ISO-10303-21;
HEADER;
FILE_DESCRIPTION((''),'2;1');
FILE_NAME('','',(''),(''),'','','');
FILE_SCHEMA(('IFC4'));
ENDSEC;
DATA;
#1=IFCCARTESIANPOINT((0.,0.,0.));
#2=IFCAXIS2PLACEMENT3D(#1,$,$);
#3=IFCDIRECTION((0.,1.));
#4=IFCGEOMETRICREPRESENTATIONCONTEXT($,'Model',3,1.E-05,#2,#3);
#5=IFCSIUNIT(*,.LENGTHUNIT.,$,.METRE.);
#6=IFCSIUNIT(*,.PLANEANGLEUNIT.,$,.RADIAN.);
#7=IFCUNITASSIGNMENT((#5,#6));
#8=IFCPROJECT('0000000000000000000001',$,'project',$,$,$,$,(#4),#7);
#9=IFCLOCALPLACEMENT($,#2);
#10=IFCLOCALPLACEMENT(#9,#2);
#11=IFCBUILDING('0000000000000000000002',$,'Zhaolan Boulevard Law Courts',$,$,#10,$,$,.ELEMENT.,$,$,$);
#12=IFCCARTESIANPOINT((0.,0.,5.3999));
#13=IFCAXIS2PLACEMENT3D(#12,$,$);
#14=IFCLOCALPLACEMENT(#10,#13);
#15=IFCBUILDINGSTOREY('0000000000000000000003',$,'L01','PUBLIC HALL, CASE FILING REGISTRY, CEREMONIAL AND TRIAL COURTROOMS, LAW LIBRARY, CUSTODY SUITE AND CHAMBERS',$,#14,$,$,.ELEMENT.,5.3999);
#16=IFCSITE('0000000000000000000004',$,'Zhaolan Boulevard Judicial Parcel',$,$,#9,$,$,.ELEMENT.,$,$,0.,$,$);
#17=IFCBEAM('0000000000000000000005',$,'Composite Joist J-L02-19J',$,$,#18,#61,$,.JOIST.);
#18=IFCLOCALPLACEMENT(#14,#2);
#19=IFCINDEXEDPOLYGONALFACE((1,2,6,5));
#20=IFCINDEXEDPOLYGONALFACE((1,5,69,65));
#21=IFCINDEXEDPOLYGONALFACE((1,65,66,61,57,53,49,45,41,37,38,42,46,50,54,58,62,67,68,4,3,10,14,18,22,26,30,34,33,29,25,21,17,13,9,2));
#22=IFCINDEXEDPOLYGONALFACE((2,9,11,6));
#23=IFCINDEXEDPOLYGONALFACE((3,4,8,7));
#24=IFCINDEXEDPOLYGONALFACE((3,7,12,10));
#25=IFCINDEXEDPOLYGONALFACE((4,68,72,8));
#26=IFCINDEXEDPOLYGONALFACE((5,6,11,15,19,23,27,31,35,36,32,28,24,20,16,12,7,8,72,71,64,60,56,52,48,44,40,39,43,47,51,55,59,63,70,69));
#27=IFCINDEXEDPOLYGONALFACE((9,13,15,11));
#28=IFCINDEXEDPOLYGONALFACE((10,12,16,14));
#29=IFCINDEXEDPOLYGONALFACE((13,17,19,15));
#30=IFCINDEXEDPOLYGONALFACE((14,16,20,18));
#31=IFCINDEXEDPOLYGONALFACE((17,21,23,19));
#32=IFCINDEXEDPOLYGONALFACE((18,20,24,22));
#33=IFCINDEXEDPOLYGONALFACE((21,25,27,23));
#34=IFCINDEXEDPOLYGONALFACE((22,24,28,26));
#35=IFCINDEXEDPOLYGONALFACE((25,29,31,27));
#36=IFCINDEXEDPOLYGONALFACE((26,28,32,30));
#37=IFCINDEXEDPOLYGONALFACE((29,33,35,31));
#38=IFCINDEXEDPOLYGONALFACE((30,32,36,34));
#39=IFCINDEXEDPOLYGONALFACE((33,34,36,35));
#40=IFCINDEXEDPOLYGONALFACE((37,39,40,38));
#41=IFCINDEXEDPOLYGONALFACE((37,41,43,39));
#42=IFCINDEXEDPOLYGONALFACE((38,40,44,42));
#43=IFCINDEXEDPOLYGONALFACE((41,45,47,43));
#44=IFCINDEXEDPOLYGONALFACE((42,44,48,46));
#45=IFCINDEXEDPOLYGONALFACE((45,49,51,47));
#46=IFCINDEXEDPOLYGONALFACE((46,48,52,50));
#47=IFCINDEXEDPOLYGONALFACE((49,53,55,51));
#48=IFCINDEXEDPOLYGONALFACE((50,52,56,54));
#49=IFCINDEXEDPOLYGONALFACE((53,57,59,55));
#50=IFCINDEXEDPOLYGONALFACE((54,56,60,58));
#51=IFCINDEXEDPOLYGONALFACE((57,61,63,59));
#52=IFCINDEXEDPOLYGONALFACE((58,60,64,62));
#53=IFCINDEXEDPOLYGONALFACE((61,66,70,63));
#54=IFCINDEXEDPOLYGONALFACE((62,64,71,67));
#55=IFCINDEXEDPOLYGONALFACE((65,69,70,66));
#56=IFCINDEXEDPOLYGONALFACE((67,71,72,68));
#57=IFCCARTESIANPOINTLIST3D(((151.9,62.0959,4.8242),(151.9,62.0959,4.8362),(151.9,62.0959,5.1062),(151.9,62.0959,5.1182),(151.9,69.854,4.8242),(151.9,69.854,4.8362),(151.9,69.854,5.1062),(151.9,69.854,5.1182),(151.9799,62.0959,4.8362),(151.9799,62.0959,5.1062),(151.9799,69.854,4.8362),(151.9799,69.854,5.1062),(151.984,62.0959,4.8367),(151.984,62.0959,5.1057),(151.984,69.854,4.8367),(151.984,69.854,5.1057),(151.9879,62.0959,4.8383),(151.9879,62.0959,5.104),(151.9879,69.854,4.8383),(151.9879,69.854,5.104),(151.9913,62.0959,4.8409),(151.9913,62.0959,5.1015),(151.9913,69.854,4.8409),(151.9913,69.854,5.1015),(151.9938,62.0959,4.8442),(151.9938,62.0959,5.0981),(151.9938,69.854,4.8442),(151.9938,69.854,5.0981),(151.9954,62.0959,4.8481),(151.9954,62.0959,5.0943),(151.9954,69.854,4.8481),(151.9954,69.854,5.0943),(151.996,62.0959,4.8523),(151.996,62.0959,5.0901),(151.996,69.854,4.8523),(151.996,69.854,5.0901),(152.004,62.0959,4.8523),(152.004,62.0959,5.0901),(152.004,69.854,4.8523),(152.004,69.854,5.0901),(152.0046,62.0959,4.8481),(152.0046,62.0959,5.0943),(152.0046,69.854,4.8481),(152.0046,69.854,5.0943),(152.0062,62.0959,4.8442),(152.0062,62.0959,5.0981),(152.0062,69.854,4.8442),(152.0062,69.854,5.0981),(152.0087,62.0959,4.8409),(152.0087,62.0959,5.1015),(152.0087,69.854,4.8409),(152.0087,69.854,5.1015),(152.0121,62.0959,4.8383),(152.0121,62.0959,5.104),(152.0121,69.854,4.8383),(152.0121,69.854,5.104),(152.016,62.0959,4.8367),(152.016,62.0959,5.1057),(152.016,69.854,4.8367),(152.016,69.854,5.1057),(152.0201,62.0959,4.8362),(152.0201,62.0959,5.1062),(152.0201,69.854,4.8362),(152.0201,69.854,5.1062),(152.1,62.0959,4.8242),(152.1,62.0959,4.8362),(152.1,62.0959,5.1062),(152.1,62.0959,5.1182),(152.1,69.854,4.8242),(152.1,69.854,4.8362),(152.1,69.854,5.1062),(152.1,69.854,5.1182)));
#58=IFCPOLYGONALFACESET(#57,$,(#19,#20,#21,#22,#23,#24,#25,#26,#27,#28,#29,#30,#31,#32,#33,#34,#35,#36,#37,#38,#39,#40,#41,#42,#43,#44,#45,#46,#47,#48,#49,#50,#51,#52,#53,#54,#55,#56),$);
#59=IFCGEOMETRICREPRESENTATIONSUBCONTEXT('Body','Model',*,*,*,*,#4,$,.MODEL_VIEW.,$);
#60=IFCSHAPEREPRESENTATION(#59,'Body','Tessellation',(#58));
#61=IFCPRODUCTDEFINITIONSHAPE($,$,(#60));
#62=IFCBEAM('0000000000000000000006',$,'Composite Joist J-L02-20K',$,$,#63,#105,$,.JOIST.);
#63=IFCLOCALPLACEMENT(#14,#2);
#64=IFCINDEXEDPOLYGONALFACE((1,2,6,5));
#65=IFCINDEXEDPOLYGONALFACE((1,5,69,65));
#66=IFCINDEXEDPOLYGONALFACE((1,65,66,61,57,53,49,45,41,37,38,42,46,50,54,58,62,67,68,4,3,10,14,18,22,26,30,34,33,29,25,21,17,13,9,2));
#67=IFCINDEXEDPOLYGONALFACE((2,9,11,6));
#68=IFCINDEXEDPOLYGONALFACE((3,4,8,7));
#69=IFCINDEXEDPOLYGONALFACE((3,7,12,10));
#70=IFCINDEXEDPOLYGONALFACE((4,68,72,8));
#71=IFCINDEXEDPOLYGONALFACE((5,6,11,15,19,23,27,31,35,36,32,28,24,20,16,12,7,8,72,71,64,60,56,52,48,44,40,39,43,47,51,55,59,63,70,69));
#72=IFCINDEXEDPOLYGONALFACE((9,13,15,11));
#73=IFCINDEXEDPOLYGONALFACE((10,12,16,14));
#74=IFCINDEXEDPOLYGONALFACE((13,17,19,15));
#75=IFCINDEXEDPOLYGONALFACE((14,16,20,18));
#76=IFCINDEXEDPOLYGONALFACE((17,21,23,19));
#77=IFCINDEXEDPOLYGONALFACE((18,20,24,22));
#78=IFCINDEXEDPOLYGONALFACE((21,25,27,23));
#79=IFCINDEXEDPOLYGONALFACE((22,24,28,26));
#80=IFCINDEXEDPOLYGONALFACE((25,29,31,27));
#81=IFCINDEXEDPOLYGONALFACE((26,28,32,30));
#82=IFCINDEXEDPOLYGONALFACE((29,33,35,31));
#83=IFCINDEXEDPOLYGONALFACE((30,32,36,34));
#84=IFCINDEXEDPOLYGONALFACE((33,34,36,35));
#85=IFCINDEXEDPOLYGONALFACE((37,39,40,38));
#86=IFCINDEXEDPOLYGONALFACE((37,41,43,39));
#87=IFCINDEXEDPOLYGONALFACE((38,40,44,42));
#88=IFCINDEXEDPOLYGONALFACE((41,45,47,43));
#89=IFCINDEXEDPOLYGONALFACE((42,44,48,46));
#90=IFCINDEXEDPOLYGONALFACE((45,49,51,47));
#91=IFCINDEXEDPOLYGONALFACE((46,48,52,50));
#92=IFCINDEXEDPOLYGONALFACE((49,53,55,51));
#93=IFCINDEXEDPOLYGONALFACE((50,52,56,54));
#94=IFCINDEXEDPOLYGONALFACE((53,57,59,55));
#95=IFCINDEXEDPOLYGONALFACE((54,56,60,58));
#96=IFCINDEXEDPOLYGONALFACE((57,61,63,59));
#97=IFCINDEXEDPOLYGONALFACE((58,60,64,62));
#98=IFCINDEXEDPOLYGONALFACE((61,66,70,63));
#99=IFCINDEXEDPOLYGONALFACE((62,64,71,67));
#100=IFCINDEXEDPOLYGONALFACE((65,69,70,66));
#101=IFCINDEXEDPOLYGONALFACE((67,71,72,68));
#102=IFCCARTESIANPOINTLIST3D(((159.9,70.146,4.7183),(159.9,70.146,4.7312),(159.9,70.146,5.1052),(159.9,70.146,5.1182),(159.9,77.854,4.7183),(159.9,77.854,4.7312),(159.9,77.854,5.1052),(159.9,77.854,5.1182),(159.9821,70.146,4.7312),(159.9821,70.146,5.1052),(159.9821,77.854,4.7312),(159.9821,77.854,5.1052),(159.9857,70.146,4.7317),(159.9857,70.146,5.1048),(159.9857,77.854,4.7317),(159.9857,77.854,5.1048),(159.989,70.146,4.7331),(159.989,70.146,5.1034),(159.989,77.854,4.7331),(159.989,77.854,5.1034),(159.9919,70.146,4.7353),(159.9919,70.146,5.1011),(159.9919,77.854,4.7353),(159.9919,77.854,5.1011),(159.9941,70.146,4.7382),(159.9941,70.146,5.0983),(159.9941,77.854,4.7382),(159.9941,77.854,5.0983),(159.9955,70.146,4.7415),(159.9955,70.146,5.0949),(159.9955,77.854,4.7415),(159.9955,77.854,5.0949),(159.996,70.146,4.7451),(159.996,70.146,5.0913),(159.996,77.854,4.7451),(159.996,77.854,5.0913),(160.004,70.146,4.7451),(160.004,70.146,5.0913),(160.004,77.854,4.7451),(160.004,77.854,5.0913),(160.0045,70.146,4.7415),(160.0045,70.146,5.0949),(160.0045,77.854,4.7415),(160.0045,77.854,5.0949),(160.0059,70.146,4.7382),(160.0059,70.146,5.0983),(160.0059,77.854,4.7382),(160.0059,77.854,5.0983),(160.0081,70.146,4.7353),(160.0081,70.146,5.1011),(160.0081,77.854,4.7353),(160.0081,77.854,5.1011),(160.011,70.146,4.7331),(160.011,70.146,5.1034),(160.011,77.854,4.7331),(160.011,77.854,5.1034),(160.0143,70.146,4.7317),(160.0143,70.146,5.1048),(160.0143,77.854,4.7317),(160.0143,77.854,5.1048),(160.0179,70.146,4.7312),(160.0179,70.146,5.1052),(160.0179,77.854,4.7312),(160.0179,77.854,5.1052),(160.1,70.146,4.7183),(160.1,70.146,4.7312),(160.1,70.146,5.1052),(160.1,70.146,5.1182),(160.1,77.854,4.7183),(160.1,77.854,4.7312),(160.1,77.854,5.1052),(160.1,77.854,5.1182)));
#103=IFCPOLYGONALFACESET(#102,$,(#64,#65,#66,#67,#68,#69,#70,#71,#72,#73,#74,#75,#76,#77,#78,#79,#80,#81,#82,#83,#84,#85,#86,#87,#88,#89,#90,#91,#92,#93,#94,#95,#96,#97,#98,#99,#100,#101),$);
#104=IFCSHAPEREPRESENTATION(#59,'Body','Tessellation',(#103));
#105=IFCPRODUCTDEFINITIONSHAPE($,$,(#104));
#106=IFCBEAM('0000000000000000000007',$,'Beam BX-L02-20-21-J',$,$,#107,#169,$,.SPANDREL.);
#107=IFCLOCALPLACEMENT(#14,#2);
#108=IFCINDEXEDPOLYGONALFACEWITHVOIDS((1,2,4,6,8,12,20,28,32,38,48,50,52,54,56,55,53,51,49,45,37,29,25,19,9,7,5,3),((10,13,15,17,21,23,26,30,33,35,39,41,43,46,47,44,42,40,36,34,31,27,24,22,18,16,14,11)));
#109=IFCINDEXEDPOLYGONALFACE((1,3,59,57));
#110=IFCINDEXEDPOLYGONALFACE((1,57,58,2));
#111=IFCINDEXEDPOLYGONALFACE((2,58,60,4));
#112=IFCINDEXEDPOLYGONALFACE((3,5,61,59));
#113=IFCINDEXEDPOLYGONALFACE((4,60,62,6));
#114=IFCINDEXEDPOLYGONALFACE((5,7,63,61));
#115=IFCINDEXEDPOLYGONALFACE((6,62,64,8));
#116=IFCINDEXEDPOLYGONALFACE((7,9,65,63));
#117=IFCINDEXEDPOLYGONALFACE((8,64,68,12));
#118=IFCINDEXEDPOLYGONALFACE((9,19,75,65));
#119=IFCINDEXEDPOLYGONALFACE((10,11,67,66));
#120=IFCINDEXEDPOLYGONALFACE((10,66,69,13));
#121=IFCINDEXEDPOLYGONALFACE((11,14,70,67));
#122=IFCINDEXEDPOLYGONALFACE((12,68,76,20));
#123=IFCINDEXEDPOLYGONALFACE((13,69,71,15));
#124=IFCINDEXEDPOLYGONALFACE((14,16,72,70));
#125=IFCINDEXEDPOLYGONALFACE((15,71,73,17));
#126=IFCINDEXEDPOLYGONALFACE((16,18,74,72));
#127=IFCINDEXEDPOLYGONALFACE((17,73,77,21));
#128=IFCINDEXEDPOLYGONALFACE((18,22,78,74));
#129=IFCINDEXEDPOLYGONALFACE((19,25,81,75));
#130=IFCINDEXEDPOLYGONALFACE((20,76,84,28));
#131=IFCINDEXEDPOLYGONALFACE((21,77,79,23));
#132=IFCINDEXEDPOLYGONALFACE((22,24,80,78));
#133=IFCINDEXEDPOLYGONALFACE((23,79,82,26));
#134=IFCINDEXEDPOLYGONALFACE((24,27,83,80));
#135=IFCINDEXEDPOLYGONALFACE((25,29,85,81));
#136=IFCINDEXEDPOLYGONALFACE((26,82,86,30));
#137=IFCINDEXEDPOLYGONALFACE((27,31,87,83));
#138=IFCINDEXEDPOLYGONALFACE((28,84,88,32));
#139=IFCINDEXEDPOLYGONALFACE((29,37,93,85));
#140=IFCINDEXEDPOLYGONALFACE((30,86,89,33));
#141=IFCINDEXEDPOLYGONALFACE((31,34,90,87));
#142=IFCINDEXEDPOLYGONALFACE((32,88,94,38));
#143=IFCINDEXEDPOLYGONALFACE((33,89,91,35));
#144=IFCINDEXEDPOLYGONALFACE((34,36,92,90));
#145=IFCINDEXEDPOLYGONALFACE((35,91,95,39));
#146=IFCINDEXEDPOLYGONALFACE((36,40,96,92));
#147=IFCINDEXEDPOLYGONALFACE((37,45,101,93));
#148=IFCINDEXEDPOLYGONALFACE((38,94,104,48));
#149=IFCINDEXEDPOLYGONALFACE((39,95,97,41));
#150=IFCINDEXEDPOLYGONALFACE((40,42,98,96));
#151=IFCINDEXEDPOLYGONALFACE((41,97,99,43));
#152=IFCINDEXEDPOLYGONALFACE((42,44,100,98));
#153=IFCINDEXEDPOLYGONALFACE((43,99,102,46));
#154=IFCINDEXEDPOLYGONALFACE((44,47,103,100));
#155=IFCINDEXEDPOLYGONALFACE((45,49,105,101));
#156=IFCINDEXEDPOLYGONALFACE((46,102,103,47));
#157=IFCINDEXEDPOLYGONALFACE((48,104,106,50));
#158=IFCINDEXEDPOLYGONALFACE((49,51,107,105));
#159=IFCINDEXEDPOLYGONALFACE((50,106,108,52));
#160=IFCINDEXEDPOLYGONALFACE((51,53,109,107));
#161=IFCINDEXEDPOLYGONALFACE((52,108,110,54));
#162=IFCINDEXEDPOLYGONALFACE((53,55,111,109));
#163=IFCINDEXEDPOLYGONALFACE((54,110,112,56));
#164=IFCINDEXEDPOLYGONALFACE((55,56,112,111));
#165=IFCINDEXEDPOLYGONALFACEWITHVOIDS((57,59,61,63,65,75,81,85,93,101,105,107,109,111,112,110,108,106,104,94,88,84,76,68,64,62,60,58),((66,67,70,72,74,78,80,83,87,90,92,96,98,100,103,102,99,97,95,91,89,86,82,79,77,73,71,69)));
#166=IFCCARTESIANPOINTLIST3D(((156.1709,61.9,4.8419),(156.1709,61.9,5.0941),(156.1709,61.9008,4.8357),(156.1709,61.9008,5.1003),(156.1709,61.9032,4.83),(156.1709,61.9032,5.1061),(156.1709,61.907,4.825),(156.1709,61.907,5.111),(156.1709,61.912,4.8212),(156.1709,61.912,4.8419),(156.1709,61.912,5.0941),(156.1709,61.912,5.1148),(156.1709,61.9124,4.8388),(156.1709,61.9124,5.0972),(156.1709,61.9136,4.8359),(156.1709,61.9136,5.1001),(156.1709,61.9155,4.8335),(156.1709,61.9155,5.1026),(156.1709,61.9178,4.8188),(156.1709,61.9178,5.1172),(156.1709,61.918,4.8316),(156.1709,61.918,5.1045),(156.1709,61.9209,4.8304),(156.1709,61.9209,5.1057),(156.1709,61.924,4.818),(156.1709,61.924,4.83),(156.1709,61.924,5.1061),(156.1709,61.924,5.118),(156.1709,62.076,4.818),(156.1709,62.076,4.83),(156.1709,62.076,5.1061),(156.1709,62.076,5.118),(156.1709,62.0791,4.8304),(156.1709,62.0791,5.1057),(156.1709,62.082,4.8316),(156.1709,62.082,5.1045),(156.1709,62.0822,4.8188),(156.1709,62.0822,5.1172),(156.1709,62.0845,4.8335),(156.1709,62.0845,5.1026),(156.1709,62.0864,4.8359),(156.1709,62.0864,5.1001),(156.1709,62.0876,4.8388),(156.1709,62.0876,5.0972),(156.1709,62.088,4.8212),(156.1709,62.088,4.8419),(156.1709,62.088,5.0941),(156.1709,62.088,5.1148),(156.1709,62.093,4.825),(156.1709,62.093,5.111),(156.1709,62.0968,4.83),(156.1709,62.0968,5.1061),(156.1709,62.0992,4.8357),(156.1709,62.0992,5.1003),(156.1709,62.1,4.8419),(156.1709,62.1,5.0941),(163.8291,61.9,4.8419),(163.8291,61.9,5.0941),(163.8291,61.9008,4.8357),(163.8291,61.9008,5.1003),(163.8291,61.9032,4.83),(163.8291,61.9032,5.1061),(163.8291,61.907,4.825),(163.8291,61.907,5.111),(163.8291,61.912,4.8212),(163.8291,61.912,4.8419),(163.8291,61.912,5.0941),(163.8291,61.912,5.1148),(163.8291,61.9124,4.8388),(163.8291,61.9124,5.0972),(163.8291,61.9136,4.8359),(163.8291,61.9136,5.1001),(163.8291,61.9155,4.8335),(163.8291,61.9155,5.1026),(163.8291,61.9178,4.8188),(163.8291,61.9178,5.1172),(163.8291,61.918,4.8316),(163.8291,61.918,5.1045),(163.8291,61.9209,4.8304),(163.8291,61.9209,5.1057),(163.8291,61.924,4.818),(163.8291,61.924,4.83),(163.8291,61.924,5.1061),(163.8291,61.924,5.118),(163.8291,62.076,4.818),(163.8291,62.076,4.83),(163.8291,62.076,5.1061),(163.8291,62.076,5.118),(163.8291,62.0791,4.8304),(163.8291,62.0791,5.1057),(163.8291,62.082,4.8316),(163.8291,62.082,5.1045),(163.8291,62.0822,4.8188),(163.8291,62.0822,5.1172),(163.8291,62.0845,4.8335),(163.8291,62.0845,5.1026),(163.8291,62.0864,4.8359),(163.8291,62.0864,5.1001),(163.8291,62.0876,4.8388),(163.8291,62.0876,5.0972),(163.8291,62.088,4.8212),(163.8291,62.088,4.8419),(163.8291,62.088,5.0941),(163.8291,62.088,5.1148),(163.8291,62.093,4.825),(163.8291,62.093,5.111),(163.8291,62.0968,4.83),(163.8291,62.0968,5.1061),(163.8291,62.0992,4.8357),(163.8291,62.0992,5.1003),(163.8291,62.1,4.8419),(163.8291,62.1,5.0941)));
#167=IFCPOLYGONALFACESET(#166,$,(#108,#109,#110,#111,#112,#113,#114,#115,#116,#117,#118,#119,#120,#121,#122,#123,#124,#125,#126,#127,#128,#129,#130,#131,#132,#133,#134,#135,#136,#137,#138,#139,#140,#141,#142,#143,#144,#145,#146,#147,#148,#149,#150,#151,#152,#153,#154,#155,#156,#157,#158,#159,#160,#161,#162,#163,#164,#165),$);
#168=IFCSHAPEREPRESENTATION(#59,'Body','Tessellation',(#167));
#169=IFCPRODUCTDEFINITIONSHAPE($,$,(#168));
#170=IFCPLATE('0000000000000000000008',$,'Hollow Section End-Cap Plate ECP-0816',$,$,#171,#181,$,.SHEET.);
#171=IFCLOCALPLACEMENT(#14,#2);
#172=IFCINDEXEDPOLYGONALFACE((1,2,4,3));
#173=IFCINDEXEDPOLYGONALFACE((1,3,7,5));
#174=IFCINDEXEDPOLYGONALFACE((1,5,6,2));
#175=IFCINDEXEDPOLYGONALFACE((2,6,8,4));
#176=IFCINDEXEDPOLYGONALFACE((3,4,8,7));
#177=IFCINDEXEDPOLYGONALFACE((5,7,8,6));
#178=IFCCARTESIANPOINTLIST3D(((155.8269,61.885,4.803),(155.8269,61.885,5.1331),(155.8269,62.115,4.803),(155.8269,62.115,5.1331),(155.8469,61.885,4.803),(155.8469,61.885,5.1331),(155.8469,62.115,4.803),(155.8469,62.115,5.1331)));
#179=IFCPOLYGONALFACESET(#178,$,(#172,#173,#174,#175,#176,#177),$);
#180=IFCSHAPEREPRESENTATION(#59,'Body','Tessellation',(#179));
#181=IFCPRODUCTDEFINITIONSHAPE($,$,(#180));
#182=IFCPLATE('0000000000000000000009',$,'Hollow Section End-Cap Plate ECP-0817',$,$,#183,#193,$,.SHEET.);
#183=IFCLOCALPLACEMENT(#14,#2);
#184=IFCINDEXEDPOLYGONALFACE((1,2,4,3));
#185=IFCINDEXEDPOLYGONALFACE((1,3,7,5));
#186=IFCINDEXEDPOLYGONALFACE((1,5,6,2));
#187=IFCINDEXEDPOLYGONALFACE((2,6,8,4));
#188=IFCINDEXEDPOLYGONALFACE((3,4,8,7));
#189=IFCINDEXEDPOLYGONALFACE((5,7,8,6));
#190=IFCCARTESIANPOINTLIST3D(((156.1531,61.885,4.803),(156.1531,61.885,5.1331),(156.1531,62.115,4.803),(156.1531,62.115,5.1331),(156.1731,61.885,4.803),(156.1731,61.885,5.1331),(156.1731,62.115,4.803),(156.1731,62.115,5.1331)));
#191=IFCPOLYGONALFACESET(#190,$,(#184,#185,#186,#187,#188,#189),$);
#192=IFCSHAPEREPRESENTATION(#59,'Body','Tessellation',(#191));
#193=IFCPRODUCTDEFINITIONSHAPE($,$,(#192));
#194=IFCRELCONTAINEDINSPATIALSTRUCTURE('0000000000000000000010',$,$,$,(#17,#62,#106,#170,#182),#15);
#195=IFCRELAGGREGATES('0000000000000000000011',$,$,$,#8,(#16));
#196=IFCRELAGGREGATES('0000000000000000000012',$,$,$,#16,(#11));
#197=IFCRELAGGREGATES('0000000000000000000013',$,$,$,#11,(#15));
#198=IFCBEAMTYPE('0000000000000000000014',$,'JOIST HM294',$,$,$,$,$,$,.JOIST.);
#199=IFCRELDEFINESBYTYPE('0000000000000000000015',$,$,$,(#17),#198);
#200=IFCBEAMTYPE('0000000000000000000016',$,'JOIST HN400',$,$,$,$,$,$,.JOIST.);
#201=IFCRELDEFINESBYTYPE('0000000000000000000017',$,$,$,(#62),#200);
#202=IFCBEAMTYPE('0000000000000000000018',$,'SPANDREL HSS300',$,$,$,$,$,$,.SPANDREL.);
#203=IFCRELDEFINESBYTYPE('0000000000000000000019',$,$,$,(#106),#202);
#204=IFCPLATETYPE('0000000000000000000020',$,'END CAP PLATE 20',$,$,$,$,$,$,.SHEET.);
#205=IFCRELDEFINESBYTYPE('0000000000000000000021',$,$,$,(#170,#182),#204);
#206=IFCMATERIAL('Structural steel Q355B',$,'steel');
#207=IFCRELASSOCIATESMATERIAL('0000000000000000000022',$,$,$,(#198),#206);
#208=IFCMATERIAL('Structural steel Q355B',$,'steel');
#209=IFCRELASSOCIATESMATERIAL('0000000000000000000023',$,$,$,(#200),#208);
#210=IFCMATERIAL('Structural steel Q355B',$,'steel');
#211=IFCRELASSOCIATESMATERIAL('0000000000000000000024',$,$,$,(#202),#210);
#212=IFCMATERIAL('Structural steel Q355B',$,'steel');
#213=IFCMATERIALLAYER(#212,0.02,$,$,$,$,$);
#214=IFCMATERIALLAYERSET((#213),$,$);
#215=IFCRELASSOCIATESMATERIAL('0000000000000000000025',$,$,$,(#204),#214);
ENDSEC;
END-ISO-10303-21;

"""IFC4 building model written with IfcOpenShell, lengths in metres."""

from ifc_helpers import new_model, si_unit, direction, frame, origin, origin_2d, place, context, subcontext, project, spatial, rectangle, hollow_rectangle, i_section, extrude, material, layer, layer_set, material_profile, profile_set, type_object, element, save


model = new_model("IFC4")

# Units and contexts
model_context = context("Model", 3, precision=1e-05, world=origin(), true_north=direction((0.0, 1.0)))
body_context = subcontext(model_context, "Body", "Model", "MODEL_VIEW")
ifc_project = project(units=[si_unit("LENGTHUNIT", "METRE"), si_unit("PLANEANGLEUNIT", "RADIAN")], contexts=[model_context])

# Site, building, storey
site_placement = place(None, origin())
site = spatial("IfcSite", under=ifc_project, at=site_placement, Name="Zhaolan Boulevard Judicial Parcel", CompositionType="ELEMENT", RefElevation=0.0)
building_placement = place(site_placement, origin())
building = spatial("IfcBuilding", under=site, at=building_placement, Name="Zhaolan Boulevard Law Courts", CompositionType="ELEMENT")
storey_placement = place(building_placement, frame((0.0, 0.0, 5.3999)))
storey = spatial("IfcBuildingStorey", under=building, at=storey_placement, Name="L01", Description="PUBLIC HALL, CASE FILING REGISTRY, CEREMONIAL AND TRIAL COURTROOMS, LAW LIBRARY, CUSTODY SUITE AND CHAMBERS", CompositionType="ELEMENT", Elevation=5.3999)

# Beams
ifc_material_1 = material(Name="Structural steel Q355B", Category="steel")
ifc_material_profile_1 = material_profile(ifc_material_1, i_section(OverallWidth=0.2, OverallDepth=0.2939, WebThickness=0.0081, FlangeThickness=0.012, FilletRadius=0.0161, at=origin_2d()), Name="HM294x200")
ifc_profile_set_1 = profile_set([ifc_material_profile_1], Name="Structural steel Q355B")
beam_type_1 = type_object("IfcBeamType", Name="JOIST HM294", PredefinedType="JOIST", material=ifc_profile_set_1)
beam_1_placement = place(storey_placement, frame((152.0, 62.0959, 4.9712), z_axis=(0.0, 1.0, 0.0), x_axis=(-1.0, 0.0, 0.0)))
element("IfcBeam", 1, at=beam_1_placement, inside=storey, type_object=beam_type_1, Name="Composite Joist J-L02-19J", PredefinedType="JOIST", context=body_context, shape_type="SweptSolid", body=[
    extrude(i_section(OverallWidth=0.2, OverallDepth=0.2939, WebThickness=0.0081, FlangeThickness=0.012, FilletRadius=0.0161, at=origin_2d()), origin(), (0.0, 0.0, 1.0), 7.7581),
])
ifc_material_2 = material(Name="Structural steel Q355B", Category="steel")
ifc_material_profile_2 = material_profile(ifc_material_2, i_section(OverallWidth=0.2, OverallDepth=0.3999, WebThickness=0.0081, FlangeThickness=0.0129, FilletRadius=0.0139, at=origin_2d()), Name="HN400x200")
ifc_profile_set_2 = profile_set([ifc_material_profile_2], Name="Structural steel Q355B")
beam_type_2 = type_object("IfcBeamType", Name="JOIST HN400", PredefinedType="JOIST", material=ifc_profile_set_2)
beam_2_placement = place(storey_placement, frame((160.0, 70.146, 4.9182), z_axis=(0.0, 1.0, 0.0), x_axis=(-1.0, 0.0, 0.0)))
element("IfcBeam", 2, at=beam_2_placement, inside=storey, type_object=beam_type_2, Name="Composite Joist J-L02-20K", PredefinedType="JOIST", context=body_context, shape_type="SweptSolid", body=[
    extrude(i_section(OverallWidth=0.2, OverallDepth=0.3999, WebThickness=0.0081, FlangeThickness=0.0129, FilletRadius=0.0139, at=origin_2d()), origin(), (0.0, 0.0, 1.0), 7.708),
])
ifc_material_3 = material(Name="Structural steel Q355B", Category="steel")
ifc_material_profile_3 = material_profile(ifc_material_3, hollow_rectangle(XDim=0.2, YDim=0.3, WallThickness=0.012, InnerFilletRadius=0.012, OuterFilletRadius=0.0239, at=origin_2d()), Name="HSS300x200x12")
ifc_profile_set_3 = profile_set([ifc_material_profile_3], Name="Structural steel Q355B")
beam_type_3 = type_object("IfcBeamType", Name="SPANDREL HSS300", PredefinedType="SPANDREL", material=ifc_profile_set_3)
beam_3_placement = place(storey_placement, frame((156.1709, 62.0, 4.968), z_axis=(1.0, 0.0, 0.0), x_axis=(0.0, 1.0, 0.0)))
element("IfcBeam", 3, at=beam_3_placement, inside=storey, type_object=beam_type_3, Name="Beam BX-L02-20-21-J", PredefinedType="SPANDREL", context=body_context, shape_type="SweptSolid", body=[
    extrude(hollow_rectangle(XDim=0.2, YDim=0.3, WallThickness=0.012, InnerFilletRadius=0.012, OuterFilletRadius=0.0239, at=origin_2d()), origin(), (0.0, 0.0, 1.0), 7.6582),
])

# Plates
ifc_material_4 = material(Name="Structural steel Q355B", Category="steel")
ifc_layer_1 = layer(ifc_material_4, 0.02)
ifc_layer_set_1 = layer_set([ifc_layer_1])
plate_type_1 = type_object("IfcPlateType", Name="END CAP PLATE 20", PredefinedType="SHEET", material=ifc_layer_set_1)
for number, where, z_axis, x_axis, name in (
    (4, (155.8369, 62.0, 4.803), (0.0, 0.0, 1.0), (1.0, 0.0, 0.0), "Hollow Section End-Cap Plate ECP-0816"),
    (5, (156.1631, 62.0, 4.803), (0.0, 0.0, 1.0), (1.0, 0.0, 0.0), "Hollow Section End-Cap Plate ECP-0817"),
):
    element("IfcPlate", number, at=place(storey_placement, frame(where, z_axis=z_axis, x_axis=x_axis)), inside=storey, type_object=plate_type_1, Name=name, PredefinedType="SHEET", context=body_context, shape_type="SweptSolid", body=[
        extrude(rectangle(XDim=0.02, YDim=0.23, at=origin_2d()), origin(), (0.0, 0.0, 1.0), 0.3301),
    ])

save(model, "model.ifc")
